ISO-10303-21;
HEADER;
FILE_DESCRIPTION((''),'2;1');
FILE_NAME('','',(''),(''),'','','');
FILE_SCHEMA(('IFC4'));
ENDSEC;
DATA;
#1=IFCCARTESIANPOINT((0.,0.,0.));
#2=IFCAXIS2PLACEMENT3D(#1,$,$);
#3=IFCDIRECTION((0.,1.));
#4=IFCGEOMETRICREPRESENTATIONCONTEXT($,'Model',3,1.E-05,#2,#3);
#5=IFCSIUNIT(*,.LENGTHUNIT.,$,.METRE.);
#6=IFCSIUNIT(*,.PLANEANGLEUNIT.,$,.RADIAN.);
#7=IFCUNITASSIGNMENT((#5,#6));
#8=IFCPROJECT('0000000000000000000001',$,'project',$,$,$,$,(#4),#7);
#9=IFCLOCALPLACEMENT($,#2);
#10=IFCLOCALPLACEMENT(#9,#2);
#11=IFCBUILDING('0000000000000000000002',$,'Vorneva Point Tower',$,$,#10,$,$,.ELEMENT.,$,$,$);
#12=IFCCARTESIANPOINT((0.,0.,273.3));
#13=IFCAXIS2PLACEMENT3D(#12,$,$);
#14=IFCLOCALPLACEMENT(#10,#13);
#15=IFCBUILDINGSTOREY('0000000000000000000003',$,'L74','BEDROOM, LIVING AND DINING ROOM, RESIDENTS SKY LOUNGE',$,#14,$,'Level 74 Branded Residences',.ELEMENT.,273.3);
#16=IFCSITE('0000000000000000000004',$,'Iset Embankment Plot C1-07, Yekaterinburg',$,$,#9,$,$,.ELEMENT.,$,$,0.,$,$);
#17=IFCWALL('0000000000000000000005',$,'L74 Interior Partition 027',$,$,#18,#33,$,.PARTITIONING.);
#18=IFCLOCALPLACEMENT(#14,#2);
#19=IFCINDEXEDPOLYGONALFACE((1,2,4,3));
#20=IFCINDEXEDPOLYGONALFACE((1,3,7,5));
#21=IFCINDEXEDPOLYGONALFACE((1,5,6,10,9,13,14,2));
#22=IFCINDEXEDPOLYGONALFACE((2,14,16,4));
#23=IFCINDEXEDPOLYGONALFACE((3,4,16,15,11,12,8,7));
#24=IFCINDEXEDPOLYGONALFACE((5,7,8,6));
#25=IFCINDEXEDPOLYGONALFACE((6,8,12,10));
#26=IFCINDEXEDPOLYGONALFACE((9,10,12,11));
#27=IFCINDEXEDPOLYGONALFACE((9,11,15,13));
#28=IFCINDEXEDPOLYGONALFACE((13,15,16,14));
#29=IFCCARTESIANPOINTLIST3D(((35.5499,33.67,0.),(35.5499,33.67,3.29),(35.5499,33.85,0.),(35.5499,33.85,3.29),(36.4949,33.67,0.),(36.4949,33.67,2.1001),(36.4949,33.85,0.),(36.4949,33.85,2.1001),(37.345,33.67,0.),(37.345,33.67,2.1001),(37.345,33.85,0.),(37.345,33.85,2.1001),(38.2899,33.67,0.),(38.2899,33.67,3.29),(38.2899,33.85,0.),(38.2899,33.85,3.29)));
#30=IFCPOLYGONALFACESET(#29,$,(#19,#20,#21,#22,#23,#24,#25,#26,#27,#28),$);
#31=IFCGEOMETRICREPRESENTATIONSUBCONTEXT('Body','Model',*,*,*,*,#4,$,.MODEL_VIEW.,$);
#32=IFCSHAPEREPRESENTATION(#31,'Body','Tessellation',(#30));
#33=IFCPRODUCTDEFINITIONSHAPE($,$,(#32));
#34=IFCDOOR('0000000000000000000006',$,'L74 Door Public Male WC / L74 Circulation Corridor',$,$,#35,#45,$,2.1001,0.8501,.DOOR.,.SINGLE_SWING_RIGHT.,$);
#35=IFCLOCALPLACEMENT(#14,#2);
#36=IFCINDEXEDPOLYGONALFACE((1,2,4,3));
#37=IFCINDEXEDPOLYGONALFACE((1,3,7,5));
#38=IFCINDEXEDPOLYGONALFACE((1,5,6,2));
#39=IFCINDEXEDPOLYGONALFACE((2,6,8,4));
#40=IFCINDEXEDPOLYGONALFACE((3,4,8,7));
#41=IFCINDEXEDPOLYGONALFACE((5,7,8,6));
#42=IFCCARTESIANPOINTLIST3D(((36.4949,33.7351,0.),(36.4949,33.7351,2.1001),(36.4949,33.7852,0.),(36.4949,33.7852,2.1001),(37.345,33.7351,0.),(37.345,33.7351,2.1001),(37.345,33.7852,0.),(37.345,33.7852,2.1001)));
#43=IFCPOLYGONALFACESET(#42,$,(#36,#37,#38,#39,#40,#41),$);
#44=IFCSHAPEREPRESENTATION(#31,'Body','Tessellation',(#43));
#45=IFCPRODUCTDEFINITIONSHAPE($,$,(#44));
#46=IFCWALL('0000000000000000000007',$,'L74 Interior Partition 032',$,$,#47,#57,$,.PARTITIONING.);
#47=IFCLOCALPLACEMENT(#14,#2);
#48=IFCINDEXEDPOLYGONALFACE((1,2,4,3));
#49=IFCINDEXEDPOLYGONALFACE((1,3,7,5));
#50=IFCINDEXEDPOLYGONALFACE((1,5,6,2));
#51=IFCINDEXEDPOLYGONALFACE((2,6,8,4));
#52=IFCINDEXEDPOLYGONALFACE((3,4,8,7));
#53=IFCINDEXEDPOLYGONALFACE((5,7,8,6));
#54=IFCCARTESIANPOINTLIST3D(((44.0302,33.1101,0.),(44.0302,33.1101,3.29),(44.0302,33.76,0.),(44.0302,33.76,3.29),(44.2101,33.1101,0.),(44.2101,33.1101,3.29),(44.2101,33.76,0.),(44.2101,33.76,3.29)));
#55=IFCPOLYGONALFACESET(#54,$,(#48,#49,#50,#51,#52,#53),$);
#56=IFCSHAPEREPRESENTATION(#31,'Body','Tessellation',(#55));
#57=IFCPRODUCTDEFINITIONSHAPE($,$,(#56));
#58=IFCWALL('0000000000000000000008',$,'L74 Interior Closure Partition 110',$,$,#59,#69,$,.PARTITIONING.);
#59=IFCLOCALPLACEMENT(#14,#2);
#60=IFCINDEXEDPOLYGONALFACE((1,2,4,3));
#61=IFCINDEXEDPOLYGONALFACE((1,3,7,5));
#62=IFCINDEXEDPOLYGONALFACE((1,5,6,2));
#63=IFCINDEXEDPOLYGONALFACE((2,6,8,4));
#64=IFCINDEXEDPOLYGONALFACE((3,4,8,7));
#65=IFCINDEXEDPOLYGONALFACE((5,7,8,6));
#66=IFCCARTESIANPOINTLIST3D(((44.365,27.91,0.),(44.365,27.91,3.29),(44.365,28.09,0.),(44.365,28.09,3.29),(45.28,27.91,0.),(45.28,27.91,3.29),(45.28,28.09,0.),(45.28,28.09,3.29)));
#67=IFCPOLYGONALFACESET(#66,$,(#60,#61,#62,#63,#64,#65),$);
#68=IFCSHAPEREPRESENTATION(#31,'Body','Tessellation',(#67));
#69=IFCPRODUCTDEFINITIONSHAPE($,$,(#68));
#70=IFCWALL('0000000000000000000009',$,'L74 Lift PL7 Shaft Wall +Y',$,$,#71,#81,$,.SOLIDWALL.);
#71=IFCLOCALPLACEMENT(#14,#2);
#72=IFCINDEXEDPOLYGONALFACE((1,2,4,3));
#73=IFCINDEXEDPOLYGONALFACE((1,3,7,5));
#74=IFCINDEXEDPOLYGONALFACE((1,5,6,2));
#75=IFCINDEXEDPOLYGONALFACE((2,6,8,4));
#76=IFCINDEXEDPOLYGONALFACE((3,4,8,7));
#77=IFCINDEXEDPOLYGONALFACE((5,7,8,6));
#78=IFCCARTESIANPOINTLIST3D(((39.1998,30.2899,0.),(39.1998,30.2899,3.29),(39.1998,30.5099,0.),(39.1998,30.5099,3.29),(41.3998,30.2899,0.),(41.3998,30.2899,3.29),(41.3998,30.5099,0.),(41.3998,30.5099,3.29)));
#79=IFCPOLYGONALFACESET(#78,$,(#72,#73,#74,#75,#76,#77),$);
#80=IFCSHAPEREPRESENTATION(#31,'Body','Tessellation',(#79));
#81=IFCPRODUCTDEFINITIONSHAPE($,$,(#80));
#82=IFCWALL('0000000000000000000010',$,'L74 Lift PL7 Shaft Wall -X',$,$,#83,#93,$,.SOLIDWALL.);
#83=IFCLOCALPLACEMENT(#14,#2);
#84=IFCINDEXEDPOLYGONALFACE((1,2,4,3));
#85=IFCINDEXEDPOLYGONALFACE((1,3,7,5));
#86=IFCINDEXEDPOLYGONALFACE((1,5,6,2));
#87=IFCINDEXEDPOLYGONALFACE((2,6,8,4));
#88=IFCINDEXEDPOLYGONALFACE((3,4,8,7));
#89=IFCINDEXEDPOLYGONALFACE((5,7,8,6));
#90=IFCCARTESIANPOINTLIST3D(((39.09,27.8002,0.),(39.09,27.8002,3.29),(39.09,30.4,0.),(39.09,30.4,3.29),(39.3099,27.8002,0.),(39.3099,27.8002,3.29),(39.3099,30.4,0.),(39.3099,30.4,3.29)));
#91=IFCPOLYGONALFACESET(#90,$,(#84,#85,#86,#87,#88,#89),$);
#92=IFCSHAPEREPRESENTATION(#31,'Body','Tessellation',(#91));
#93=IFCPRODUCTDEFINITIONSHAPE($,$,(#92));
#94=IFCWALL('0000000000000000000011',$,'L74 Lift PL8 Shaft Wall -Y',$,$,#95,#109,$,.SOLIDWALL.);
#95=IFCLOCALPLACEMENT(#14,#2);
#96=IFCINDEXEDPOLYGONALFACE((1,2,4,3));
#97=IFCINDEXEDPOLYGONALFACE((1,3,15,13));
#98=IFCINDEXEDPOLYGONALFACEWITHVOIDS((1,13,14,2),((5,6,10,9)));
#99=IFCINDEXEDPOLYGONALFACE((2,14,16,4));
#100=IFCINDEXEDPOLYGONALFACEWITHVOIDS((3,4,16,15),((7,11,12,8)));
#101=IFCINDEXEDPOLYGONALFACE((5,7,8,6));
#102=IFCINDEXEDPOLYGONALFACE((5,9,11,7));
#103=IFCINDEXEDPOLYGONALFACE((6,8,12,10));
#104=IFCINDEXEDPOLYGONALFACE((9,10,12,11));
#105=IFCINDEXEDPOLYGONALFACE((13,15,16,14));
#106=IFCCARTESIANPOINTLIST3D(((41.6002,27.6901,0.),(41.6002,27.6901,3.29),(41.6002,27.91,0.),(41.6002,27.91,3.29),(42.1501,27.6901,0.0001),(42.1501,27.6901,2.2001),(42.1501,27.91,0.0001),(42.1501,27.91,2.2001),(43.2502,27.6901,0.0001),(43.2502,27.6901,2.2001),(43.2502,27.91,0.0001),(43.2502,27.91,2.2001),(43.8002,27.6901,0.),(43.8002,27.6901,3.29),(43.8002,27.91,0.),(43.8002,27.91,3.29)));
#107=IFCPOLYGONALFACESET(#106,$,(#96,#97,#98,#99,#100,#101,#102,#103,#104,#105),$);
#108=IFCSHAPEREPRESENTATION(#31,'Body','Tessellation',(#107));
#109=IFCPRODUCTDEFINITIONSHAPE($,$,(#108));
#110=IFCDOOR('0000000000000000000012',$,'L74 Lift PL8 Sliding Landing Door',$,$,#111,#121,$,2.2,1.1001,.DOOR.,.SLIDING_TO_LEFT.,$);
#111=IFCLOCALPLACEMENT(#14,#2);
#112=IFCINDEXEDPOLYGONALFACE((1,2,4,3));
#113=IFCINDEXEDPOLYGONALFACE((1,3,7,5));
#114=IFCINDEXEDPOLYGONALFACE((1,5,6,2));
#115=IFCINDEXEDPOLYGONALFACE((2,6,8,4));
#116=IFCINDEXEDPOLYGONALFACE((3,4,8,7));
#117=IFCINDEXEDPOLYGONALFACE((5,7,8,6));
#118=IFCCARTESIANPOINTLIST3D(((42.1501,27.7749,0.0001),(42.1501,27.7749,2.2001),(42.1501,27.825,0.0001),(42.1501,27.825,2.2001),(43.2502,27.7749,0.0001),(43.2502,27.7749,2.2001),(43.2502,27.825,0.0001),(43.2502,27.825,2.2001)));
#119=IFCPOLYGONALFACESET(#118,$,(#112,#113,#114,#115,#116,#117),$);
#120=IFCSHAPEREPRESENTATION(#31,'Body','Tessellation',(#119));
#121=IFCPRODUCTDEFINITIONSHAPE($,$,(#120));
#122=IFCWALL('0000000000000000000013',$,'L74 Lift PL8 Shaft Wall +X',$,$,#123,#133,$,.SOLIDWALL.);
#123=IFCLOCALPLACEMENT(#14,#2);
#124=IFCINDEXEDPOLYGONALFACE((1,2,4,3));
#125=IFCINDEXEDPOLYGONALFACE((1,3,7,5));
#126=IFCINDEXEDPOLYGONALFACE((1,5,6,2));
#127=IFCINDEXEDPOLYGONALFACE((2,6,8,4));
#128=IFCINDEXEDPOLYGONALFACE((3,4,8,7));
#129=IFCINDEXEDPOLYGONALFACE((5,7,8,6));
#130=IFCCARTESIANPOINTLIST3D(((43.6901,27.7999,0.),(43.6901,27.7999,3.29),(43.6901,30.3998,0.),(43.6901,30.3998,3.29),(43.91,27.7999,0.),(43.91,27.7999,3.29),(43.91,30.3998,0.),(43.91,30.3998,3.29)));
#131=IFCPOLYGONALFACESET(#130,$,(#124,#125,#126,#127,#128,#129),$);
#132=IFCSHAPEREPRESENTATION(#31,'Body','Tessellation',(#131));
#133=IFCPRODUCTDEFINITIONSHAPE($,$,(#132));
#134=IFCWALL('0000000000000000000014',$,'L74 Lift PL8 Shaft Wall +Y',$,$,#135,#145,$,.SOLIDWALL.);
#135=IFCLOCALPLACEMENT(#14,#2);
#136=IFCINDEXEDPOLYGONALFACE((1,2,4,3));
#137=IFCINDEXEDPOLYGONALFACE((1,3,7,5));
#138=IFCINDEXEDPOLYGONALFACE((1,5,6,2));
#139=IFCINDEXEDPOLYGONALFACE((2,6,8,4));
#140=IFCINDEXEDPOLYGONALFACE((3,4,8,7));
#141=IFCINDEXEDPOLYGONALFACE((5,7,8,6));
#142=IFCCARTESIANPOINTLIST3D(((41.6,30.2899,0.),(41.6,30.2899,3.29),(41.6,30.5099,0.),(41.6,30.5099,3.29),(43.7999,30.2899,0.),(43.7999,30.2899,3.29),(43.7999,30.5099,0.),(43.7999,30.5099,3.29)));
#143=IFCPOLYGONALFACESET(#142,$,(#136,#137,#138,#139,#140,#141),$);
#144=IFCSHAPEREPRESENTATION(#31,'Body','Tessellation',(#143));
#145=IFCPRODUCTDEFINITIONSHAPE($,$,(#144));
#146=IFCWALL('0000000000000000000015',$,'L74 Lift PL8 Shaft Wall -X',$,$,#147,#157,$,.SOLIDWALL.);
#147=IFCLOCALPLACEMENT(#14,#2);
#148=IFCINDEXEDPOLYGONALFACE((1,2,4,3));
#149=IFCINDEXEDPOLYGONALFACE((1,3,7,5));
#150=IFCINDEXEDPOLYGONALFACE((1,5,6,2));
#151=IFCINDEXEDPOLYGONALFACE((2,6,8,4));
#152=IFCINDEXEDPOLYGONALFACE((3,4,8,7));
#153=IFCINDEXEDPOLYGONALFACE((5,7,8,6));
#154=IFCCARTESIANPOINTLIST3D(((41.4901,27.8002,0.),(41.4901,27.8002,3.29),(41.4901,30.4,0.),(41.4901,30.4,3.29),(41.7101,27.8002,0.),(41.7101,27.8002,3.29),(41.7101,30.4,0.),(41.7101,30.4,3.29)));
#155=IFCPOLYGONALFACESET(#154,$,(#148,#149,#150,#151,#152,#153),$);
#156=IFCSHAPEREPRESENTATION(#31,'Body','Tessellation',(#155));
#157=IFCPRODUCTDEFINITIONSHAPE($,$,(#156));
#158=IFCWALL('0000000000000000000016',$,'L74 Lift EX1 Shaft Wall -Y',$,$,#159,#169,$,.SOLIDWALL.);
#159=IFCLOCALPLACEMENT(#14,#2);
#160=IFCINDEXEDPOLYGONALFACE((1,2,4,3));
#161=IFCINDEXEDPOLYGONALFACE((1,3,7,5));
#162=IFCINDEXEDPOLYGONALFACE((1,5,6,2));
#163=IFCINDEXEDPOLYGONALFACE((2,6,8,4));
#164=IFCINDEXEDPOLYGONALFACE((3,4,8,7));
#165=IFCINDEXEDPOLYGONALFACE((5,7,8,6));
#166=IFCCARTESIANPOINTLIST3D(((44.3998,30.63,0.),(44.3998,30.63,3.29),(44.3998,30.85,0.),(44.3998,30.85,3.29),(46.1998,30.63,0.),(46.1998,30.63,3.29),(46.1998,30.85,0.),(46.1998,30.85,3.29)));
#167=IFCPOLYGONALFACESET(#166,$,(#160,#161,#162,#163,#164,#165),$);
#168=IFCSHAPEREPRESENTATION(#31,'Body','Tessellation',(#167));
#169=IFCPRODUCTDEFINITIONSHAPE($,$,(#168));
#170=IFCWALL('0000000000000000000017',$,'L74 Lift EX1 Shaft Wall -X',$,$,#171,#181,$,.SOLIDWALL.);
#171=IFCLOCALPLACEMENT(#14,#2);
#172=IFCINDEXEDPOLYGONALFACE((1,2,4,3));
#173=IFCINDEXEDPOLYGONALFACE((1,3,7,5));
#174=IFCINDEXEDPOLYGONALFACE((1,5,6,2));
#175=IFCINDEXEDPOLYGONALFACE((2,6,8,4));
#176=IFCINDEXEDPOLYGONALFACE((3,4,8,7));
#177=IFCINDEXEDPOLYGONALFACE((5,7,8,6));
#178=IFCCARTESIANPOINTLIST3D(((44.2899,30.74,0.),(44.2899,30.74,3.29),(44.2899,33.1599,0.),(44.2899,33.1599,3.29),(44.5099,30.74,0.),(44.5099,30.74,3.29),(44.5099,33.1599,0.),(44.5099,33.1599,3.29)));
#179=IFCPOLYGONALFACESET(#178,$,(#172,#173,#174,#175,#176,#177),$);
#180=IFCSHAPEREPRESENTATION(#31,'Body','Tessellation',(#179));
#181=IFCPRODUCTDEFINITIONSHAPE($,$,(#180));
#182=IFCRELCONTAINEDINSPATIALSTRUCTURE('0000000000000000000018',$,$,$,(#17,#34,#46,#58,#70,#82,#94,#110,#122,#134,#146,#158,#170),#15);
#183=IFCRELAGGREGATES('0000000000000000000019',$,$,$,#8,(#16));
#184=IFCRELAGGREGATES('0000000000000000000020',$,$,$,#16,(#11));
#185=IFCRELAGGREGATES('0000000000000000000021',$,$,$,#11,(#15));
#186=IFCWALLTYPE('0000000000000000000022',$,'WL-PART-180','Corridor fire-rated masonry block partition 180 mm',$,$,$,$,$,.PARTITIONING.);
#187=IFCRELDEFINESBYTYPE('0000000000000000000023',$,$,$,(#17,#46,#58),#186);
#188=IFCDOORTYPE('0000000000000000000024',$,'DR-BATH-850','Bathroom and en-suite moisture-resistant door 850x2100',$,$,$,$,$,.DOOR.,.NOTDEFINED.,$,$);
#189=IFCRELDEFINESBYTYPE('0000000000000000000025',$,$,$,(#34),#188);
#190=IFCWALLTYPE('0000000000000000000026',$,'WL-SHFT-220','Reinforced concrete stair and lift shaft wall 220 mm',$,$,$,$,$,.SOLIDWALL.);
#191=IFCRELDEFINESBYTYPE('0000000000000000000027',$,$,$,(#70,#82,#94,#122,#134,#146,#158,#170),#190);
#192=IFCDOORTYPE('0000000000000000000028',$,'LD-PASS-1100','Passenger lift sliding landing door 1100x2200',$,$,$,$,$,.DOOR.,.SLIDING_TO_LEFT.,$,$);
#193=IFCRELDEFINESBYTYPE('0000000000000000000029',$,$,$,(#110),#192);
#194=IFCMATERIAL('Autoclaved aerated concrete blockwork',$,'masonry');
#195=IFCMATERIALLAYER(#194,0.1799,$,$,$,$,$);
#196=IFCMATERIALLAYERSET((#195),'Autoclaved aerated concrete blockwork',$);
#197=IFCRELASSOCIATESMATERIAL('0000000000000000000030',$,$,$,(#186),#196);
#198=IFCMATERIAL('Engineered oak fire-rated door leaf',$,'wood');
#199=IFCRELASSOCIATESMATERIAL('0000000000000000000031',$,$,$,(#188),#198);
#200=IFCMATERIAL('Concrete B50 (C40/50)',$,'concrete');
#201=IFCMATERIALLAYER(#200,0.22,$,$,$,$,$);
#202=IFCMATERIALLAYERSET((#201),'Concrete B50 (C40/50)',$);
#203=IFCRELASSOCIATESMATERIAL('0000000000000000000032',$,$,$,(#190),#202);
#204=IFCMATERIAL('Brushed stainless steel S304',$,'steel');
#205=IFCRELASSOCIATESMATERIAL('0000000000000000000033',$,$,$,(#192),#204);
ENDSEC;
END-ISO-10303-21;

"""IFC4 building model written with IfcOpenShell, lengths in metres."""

from ifc_helpers import new_model, si_unit, direction, frame, frame_2d, origin, place, context, subcontext, project, spatial, rectangle, extrude, material, layer, layer_set, type_object, element, fill, save


model = new_model("IFC4")

# Units and contexts
model_context = context("Model", 3, precision=1e-05, world=origin(), true_north=direction((0.0, 1.0)))
body_context = subcontext(model_context, "Body", "Model", "MODEL_VIEW")
ifc_project = project(units=[si_unit("LENGTHUNIT", "METRE"), si_unit("PLANEANGLEUNIT", "RADIAN")], contexts=[model_context])

# Site, building, storey
site_placement = place(None, origin())
site = spatial("IfcSite", under=ifc_project, at=site_placement, Name="Iset Embankment Plot C1-07, Yekaterinburg", CompositionType="ELEMENT", RefElevation=0.0)
building_placement = place(site_placement, origin())
building = spatial("IfcBuilding", under=site, at=building_placement, Name="Vorneva Point Tower", CompositionType="ELEMENT")
storey_placement = place(building_placement, frame((0.0, 0.0, 273.3)))
storey = spatial("IfcBuildingStorey", under=building, at=storey_placement, Name="L74", Description="BEDROOM, LIVING AND DINING ROOM, RESIDENTS SKY LOUNGE", LongName="Level 74 Branded Residences", CompositionType="ELEMENT", Elevation=273.3)

# Shared definitions
ifc_material_1 = material(Name="Concrete B50 (C40/50)", Category="concrete")

# Shared definitions
ifc_material_2 = material(Name="Brushed stainless steel S304", Category="steel")

# Wall, opening, door
ifc_material_3 = material(Name="Autoclaved aerated concrete blockwork", Category="masonry")
ifc_layer_1 = layer(ifc_material_3, 0.1799)
ifc_layer_set_1 = layer_set([ifc_layer_1], Name="Autoclaved aerated concrete blockwork")
wall_type_1 = type_object("IfcWallType", Name="WL-PART-180", Description="Corridor fire-rated masonry block partition 180 mm", PredefinedType="PARTITIONING", material=ifc_layer_set_1)
wall_1_placement = place(storey_placement, frame((38.29, 33.76, 0.0), z_axis=(0.0, 0.0, 1.0), x_axis=(-1.0, 0.0, 0.0)))
wall_1 = element("IfcWall", 1, at=wall_1_placement, inside=storey, type_object=wall_type_1, Name="L74 Interior Partition 027", PredefinedType="PARTITIONING", context=body_context, shape_type="SweptSolid", body=[
    extrude(rectangle(XDim=2.74, YDim=0.1799, at=frame_2d((1.3701, 0.0))), origin(), (0.0, 0.0, 1.0), 3.29),
])
opening_1_placement = place(wall_1_placement, frame((0.9451, 0.0, 0.0)))
opening_1 = element("IfcOpeningElement", 2, at=opening_1_placement, cuts=wall_1, PredefinedType="OPENING", context=body_context, shape_type="SweptSolid", body=[
    extrude(rectangle(XDim=0.8501, YDim=2.1001, at=frame_2d((0.425, 1.05))), frame((0.0, 0.105, 0.0), z_axis=(0.0, -1.0, 0.0), x_axis=(1.0, 0.0, 0.0)), (0.0, 0.0, 1.0), 0.2097),
])
ifc_material_4 = material(Name="Engineered oak fire-rated door leaf", Category="wood")
door_type_1 = type_object("IfcDoorType", Name="DR-BATH-850", Description="Bathroom and en-suite moisture-resistant door 850x2100", OperationType="NOTDEFINED", PredefinedType="DOOR", material=ifc_material_4)
door_1_placement = place(opening_1_placement, origin())
door_1 = element("IfcDoor", 3, at=door_1_placement, inside=storey, type_object=door_type_1, Name="L74 Door Public Male WC / L74 Circulation Corridor", OperationType="SINGLE_SWING_RIGHT", OverallHeight=2.1001, OverallWidth=0.8501, PredefinedType="DOOR", context=body_context, shape_type="SweptSolid", body=[
    extrude(rectangle(XDim=0.8501, YDim=2.1001, at=frame_2d((0.425, 1.05))), frame((0.0, 0.0249, 0.0), z_axis=(0.0, -1.0, 0.0), x_axis=(1.0, 0.0, 0.0)), (0.0, 0.0, 1.0), 0.05),
])
fill(opening_1, door_1)

# Walls
wall_2_placement = place(storey_placement, frame((44.1201, 33.1101, 0.0), z_axis=(0.0, 0.0, 1.0), x_axis=(0.0, 1.0, 0.0)))
element("IfcWall", 4, at=wall_2_placement, inside=storey, type_object=wall_type_1, Name="L74 Interior Partition 032", PredefinedType="PARTITIONING", context=body_context, shape_type="SweptSolid", body=[
    extrude(rectangle(XDim=0.6499, YDim=0.1799, at=frame_2d((0.325, 0.0))), origin(), (0.0, 0.0, 1.0), 3.29),
])
wall_3_placement = place(storey_placement, frame((45.28, 28.0, 0.0), z_axis=(0.0, 0.0, 1.0), x_axis=(-1.0, 0.0, 0.0)))
element("IfcWall", 5, at=wall_3_placement, inside=storey, type_object=wall_type_1, Name="L74 Interior Closure Partition 110", PredefinedType="PARTITIONING", context=body_context, shape_type="SweptSolid", body=[
    extrude(rectangle(XDim=0.915, YDim=0.1799, at=frame_2d((0.4575, 0.0))), origin(), (0.0, 0.0, 1.0), 3.29),
])
ifc_layer_2 = layer(ifc_material_1, 0.22)
ifc_layer_set_2 = layer_set([ifc_layer_2], Name="Concrete B50 (C40/50)")
wall_type_2 = type_object("IfcWallType", Name="WL-SHFT-220", Description="Reinforced concrete stair and lift shaft wall 220 mm", PredefinedType="SOLIDWALL", material=ifc_layer_set_2)
wall_4_placement = place(storey_placement, frame((41.3999, 30.3999, 0.0), z_axis=(0.0, 0.0, 1.0), x_axis=(-1.0, 0.0, 0.0)))
element("IfcWall", 6, at=wall_4_placement, inside=storey, type_object=wall_type_2, Name="L74 Lift PL7 Shaft Wall +Y", PredefinedType="SOLIDWALL", context=body_context, shape_type="SweptSolid", body=[
    extrude(rectangle(XDim=2.2, YDim=0.22, at=frame_2d((1.1001, 0.0))), origin(), (0.0, 0.0, 1.0), 3.29),
])
wall_5_placement = place(storey_placement, frame((39.2, 30.3999, 0.0), z_axis=(0.0, 0.0, 1.0), x_axis=(0.0, -1.0, 0.0)))
element("IfcWall", 7, at=wall_5_placement, inside=storey, type_object=wall_type_2, Name="L74 Lift PL7 Shaft Wall -X", PredefinedType="SOLIDWALL", context=body_context, shape_type="SweptSolid", body=[
    extrude(rectangle(XDim=2.5999, YDim=0.22, at=frame_2d((1.2998, 0.0))), origin(), (0.0, 0.0, 1.0), 3.29),
])

# Wall, opening, door
wall_6_placement = place(storey_placement, frame((41.6001, 27.8, 0.0), z_axis=(0.0, 0.0, 1.0), x_axis=(1.0, 0.0, 0.0)))
wall_6 = element("IfcWall", 8, at=wall_6_placement, inside=storey, type_object=wall_type_2, Name="L74 Lift PL8 Shaft Wall -Y", PredefinedType="SOLIDWALL", context=body_context, shape_type="SweptSolid", body=[
    extrude(rectangle(XDim=2.2, YDim=0.22, at=frame_2d((1.1001, 0.0))), origin(), (0.0, 0.0, 1.0), 3.29),
])
opening_2_placement = place(wall_6_placement, frame((0.55, 0.0, 0.0)))
opening_2 = element("IfcOpeningElement", 9, at=opening_2_placement, cuts=wall_6, PredefinedType="OPENING", context=body_context, shape_type="SweptSolid", body=[
    extrude(rectangle(XDim=1.1001, YDim=2.2, at=frame_2d((0.55, 1.1001))), frame((0.0, 0.125, 0.0), z_axis=(0.0, -1.0, 0.0), x_axis=(1.0, 0.0, 0.0)), (0.0, 0.0, 1.0), 0.2498),
])
door_type_2 = type_object("IfcDoorType", Name="LD-PASS-1100", Description="Passenger lift sliding landing door 1100x2200", OperationType="SLIDING_TO_LEFT", PredefinedType="DOOR", material=ifc_material_2)
door_2_placement = place(opening_2_placement, origin())
door_2 = element("IfcDoor", 10, at=door_2_placement, inside=storey, type_object=door_type_2, Name="L74 Lift PL8 Sliding Landing Door", OperationType="SLIDING_TO_LEFT", OverallHeight=2.2, OverallWidth=1.1001, PredefinedType="DOOR", context=body_context, shape_type="SweptSolid", body=[
    extrude(rectangle(XDim=1.1001, YDim=2.2, at=frame_2d((0.55, 1.1001))), frame((0.0, 0.0249, 0.0), z_axis=(0.0, -1.0, 0.0), x_axis=(1.0, 0.0, 0.0)), (0.0, 0.0, 1.0), 0.05),
])
fill(opening_2, door_2)

# Walls
wall_7_placement = place(storey_placement, frame((43.8, 27.8, 0.0), z_axis=(0.0, 0.0, 1.0), x_axis=(0.0, 1.0, 0.0)))
element("IfcWall", 11, at=wall_7_placement, inside=storey, type_object=wall_type_2, Name="L74 Lift PL8 Shaft Wall +X", PredefinedType="SOLIDWALL", context=body_context, shape_type="SweptSolid", body=[
    extrude(rectangle(XDim=2.5999, YDim=0.22, at=frame_2d((1.2998, 0.0))), origin(), (0.0, 0.0, 1.0), 3.29),
])
wall_8_placement = place(storey_placement, frame((43.8, 30.3999, 0.0), z_axis=(0.0, 0.0, 1.0), x_axis=(-1.0, 0.0, 0.0)))
element("IfcWall", 12, at=wall_8_placement, inside=storey, type_object=wall_type_2, Name="L74 Lift PL8 Shaft Wall +Y", PredefinedType="SOLIDWALL", context=body_context, shape_type="SweptSolid", body=[
    extrude(rectangle(XDim=2.2, YDim=0.22, at=frame_2d((1.1001, 0.0))), origin(), (0.0, 0.0, 1.0), 3.29),
])
wall_9_placement = place(storey_placement, frame((41.6001, 30.3999, 0.0), z_axis=(0.0, 0.0, 1.0), x_axis=(0.0, -1.0, 0.0)))
element("IfcWall", 13, at=wall_9_placement, inside=storey, type_object=wall_type_2, Name="L74 Lift PL8 Shaft Wall -X", PredefinedType="SOLIDWALL", context=body_context, shape_type="SweptSolid", body=[
    extrude(rectangle(XDim=2.5999, YDim=0.22, at=frame_2d((1.2998, 0.0))), origin(), (0.0, 0.0, 1.0), 3.29),
])
wall_10_placement = place(storey_placement, frame((44.3999, 30.74, 0.0), z_axis=(0.0, 0.0, 1.0), x_axis=(1.0, 0.0, 0.0)))
element("IfcWall", 14, at=wall_10_placement, inside=storey, type_object=wall_type_2, Name="L74 Lift EX1 Shaft Wall -Y", PredefinedType="SOLIDWALL", context=body_context, shape_type="SweptSolid", body=[
    extrude(rectangle(XDim=1.8, YDim=0.22, at=frame_2d((0.8999, 0.0))), origin(), (0.0, 0.0, 1.0), 3.29),
])
wall_11_placement = place(storey_placement, frame((44.3999, 33.1599, 0.0), z_axis=(0.0, 0.0, 1.0), x_axis=(0.0, -1.0, 0.0)))
element("IfcWall", 15, at=wall_11_placement, inside=storey, type_object=wall_type_2, Name="L74 Lift EX1 Shaft Wall -X", PredefinedType="SOLIDWALL", context=body_context, shape_type="SweptSolid", body=[
    extrude(rectangle(XDim=2.4199, YDim=0.22, at=frame_2d((1.21, 0.0))), origin(), (0.0, 0.0, 1.0), 3.29),
])

save(model, "model.ifc")
